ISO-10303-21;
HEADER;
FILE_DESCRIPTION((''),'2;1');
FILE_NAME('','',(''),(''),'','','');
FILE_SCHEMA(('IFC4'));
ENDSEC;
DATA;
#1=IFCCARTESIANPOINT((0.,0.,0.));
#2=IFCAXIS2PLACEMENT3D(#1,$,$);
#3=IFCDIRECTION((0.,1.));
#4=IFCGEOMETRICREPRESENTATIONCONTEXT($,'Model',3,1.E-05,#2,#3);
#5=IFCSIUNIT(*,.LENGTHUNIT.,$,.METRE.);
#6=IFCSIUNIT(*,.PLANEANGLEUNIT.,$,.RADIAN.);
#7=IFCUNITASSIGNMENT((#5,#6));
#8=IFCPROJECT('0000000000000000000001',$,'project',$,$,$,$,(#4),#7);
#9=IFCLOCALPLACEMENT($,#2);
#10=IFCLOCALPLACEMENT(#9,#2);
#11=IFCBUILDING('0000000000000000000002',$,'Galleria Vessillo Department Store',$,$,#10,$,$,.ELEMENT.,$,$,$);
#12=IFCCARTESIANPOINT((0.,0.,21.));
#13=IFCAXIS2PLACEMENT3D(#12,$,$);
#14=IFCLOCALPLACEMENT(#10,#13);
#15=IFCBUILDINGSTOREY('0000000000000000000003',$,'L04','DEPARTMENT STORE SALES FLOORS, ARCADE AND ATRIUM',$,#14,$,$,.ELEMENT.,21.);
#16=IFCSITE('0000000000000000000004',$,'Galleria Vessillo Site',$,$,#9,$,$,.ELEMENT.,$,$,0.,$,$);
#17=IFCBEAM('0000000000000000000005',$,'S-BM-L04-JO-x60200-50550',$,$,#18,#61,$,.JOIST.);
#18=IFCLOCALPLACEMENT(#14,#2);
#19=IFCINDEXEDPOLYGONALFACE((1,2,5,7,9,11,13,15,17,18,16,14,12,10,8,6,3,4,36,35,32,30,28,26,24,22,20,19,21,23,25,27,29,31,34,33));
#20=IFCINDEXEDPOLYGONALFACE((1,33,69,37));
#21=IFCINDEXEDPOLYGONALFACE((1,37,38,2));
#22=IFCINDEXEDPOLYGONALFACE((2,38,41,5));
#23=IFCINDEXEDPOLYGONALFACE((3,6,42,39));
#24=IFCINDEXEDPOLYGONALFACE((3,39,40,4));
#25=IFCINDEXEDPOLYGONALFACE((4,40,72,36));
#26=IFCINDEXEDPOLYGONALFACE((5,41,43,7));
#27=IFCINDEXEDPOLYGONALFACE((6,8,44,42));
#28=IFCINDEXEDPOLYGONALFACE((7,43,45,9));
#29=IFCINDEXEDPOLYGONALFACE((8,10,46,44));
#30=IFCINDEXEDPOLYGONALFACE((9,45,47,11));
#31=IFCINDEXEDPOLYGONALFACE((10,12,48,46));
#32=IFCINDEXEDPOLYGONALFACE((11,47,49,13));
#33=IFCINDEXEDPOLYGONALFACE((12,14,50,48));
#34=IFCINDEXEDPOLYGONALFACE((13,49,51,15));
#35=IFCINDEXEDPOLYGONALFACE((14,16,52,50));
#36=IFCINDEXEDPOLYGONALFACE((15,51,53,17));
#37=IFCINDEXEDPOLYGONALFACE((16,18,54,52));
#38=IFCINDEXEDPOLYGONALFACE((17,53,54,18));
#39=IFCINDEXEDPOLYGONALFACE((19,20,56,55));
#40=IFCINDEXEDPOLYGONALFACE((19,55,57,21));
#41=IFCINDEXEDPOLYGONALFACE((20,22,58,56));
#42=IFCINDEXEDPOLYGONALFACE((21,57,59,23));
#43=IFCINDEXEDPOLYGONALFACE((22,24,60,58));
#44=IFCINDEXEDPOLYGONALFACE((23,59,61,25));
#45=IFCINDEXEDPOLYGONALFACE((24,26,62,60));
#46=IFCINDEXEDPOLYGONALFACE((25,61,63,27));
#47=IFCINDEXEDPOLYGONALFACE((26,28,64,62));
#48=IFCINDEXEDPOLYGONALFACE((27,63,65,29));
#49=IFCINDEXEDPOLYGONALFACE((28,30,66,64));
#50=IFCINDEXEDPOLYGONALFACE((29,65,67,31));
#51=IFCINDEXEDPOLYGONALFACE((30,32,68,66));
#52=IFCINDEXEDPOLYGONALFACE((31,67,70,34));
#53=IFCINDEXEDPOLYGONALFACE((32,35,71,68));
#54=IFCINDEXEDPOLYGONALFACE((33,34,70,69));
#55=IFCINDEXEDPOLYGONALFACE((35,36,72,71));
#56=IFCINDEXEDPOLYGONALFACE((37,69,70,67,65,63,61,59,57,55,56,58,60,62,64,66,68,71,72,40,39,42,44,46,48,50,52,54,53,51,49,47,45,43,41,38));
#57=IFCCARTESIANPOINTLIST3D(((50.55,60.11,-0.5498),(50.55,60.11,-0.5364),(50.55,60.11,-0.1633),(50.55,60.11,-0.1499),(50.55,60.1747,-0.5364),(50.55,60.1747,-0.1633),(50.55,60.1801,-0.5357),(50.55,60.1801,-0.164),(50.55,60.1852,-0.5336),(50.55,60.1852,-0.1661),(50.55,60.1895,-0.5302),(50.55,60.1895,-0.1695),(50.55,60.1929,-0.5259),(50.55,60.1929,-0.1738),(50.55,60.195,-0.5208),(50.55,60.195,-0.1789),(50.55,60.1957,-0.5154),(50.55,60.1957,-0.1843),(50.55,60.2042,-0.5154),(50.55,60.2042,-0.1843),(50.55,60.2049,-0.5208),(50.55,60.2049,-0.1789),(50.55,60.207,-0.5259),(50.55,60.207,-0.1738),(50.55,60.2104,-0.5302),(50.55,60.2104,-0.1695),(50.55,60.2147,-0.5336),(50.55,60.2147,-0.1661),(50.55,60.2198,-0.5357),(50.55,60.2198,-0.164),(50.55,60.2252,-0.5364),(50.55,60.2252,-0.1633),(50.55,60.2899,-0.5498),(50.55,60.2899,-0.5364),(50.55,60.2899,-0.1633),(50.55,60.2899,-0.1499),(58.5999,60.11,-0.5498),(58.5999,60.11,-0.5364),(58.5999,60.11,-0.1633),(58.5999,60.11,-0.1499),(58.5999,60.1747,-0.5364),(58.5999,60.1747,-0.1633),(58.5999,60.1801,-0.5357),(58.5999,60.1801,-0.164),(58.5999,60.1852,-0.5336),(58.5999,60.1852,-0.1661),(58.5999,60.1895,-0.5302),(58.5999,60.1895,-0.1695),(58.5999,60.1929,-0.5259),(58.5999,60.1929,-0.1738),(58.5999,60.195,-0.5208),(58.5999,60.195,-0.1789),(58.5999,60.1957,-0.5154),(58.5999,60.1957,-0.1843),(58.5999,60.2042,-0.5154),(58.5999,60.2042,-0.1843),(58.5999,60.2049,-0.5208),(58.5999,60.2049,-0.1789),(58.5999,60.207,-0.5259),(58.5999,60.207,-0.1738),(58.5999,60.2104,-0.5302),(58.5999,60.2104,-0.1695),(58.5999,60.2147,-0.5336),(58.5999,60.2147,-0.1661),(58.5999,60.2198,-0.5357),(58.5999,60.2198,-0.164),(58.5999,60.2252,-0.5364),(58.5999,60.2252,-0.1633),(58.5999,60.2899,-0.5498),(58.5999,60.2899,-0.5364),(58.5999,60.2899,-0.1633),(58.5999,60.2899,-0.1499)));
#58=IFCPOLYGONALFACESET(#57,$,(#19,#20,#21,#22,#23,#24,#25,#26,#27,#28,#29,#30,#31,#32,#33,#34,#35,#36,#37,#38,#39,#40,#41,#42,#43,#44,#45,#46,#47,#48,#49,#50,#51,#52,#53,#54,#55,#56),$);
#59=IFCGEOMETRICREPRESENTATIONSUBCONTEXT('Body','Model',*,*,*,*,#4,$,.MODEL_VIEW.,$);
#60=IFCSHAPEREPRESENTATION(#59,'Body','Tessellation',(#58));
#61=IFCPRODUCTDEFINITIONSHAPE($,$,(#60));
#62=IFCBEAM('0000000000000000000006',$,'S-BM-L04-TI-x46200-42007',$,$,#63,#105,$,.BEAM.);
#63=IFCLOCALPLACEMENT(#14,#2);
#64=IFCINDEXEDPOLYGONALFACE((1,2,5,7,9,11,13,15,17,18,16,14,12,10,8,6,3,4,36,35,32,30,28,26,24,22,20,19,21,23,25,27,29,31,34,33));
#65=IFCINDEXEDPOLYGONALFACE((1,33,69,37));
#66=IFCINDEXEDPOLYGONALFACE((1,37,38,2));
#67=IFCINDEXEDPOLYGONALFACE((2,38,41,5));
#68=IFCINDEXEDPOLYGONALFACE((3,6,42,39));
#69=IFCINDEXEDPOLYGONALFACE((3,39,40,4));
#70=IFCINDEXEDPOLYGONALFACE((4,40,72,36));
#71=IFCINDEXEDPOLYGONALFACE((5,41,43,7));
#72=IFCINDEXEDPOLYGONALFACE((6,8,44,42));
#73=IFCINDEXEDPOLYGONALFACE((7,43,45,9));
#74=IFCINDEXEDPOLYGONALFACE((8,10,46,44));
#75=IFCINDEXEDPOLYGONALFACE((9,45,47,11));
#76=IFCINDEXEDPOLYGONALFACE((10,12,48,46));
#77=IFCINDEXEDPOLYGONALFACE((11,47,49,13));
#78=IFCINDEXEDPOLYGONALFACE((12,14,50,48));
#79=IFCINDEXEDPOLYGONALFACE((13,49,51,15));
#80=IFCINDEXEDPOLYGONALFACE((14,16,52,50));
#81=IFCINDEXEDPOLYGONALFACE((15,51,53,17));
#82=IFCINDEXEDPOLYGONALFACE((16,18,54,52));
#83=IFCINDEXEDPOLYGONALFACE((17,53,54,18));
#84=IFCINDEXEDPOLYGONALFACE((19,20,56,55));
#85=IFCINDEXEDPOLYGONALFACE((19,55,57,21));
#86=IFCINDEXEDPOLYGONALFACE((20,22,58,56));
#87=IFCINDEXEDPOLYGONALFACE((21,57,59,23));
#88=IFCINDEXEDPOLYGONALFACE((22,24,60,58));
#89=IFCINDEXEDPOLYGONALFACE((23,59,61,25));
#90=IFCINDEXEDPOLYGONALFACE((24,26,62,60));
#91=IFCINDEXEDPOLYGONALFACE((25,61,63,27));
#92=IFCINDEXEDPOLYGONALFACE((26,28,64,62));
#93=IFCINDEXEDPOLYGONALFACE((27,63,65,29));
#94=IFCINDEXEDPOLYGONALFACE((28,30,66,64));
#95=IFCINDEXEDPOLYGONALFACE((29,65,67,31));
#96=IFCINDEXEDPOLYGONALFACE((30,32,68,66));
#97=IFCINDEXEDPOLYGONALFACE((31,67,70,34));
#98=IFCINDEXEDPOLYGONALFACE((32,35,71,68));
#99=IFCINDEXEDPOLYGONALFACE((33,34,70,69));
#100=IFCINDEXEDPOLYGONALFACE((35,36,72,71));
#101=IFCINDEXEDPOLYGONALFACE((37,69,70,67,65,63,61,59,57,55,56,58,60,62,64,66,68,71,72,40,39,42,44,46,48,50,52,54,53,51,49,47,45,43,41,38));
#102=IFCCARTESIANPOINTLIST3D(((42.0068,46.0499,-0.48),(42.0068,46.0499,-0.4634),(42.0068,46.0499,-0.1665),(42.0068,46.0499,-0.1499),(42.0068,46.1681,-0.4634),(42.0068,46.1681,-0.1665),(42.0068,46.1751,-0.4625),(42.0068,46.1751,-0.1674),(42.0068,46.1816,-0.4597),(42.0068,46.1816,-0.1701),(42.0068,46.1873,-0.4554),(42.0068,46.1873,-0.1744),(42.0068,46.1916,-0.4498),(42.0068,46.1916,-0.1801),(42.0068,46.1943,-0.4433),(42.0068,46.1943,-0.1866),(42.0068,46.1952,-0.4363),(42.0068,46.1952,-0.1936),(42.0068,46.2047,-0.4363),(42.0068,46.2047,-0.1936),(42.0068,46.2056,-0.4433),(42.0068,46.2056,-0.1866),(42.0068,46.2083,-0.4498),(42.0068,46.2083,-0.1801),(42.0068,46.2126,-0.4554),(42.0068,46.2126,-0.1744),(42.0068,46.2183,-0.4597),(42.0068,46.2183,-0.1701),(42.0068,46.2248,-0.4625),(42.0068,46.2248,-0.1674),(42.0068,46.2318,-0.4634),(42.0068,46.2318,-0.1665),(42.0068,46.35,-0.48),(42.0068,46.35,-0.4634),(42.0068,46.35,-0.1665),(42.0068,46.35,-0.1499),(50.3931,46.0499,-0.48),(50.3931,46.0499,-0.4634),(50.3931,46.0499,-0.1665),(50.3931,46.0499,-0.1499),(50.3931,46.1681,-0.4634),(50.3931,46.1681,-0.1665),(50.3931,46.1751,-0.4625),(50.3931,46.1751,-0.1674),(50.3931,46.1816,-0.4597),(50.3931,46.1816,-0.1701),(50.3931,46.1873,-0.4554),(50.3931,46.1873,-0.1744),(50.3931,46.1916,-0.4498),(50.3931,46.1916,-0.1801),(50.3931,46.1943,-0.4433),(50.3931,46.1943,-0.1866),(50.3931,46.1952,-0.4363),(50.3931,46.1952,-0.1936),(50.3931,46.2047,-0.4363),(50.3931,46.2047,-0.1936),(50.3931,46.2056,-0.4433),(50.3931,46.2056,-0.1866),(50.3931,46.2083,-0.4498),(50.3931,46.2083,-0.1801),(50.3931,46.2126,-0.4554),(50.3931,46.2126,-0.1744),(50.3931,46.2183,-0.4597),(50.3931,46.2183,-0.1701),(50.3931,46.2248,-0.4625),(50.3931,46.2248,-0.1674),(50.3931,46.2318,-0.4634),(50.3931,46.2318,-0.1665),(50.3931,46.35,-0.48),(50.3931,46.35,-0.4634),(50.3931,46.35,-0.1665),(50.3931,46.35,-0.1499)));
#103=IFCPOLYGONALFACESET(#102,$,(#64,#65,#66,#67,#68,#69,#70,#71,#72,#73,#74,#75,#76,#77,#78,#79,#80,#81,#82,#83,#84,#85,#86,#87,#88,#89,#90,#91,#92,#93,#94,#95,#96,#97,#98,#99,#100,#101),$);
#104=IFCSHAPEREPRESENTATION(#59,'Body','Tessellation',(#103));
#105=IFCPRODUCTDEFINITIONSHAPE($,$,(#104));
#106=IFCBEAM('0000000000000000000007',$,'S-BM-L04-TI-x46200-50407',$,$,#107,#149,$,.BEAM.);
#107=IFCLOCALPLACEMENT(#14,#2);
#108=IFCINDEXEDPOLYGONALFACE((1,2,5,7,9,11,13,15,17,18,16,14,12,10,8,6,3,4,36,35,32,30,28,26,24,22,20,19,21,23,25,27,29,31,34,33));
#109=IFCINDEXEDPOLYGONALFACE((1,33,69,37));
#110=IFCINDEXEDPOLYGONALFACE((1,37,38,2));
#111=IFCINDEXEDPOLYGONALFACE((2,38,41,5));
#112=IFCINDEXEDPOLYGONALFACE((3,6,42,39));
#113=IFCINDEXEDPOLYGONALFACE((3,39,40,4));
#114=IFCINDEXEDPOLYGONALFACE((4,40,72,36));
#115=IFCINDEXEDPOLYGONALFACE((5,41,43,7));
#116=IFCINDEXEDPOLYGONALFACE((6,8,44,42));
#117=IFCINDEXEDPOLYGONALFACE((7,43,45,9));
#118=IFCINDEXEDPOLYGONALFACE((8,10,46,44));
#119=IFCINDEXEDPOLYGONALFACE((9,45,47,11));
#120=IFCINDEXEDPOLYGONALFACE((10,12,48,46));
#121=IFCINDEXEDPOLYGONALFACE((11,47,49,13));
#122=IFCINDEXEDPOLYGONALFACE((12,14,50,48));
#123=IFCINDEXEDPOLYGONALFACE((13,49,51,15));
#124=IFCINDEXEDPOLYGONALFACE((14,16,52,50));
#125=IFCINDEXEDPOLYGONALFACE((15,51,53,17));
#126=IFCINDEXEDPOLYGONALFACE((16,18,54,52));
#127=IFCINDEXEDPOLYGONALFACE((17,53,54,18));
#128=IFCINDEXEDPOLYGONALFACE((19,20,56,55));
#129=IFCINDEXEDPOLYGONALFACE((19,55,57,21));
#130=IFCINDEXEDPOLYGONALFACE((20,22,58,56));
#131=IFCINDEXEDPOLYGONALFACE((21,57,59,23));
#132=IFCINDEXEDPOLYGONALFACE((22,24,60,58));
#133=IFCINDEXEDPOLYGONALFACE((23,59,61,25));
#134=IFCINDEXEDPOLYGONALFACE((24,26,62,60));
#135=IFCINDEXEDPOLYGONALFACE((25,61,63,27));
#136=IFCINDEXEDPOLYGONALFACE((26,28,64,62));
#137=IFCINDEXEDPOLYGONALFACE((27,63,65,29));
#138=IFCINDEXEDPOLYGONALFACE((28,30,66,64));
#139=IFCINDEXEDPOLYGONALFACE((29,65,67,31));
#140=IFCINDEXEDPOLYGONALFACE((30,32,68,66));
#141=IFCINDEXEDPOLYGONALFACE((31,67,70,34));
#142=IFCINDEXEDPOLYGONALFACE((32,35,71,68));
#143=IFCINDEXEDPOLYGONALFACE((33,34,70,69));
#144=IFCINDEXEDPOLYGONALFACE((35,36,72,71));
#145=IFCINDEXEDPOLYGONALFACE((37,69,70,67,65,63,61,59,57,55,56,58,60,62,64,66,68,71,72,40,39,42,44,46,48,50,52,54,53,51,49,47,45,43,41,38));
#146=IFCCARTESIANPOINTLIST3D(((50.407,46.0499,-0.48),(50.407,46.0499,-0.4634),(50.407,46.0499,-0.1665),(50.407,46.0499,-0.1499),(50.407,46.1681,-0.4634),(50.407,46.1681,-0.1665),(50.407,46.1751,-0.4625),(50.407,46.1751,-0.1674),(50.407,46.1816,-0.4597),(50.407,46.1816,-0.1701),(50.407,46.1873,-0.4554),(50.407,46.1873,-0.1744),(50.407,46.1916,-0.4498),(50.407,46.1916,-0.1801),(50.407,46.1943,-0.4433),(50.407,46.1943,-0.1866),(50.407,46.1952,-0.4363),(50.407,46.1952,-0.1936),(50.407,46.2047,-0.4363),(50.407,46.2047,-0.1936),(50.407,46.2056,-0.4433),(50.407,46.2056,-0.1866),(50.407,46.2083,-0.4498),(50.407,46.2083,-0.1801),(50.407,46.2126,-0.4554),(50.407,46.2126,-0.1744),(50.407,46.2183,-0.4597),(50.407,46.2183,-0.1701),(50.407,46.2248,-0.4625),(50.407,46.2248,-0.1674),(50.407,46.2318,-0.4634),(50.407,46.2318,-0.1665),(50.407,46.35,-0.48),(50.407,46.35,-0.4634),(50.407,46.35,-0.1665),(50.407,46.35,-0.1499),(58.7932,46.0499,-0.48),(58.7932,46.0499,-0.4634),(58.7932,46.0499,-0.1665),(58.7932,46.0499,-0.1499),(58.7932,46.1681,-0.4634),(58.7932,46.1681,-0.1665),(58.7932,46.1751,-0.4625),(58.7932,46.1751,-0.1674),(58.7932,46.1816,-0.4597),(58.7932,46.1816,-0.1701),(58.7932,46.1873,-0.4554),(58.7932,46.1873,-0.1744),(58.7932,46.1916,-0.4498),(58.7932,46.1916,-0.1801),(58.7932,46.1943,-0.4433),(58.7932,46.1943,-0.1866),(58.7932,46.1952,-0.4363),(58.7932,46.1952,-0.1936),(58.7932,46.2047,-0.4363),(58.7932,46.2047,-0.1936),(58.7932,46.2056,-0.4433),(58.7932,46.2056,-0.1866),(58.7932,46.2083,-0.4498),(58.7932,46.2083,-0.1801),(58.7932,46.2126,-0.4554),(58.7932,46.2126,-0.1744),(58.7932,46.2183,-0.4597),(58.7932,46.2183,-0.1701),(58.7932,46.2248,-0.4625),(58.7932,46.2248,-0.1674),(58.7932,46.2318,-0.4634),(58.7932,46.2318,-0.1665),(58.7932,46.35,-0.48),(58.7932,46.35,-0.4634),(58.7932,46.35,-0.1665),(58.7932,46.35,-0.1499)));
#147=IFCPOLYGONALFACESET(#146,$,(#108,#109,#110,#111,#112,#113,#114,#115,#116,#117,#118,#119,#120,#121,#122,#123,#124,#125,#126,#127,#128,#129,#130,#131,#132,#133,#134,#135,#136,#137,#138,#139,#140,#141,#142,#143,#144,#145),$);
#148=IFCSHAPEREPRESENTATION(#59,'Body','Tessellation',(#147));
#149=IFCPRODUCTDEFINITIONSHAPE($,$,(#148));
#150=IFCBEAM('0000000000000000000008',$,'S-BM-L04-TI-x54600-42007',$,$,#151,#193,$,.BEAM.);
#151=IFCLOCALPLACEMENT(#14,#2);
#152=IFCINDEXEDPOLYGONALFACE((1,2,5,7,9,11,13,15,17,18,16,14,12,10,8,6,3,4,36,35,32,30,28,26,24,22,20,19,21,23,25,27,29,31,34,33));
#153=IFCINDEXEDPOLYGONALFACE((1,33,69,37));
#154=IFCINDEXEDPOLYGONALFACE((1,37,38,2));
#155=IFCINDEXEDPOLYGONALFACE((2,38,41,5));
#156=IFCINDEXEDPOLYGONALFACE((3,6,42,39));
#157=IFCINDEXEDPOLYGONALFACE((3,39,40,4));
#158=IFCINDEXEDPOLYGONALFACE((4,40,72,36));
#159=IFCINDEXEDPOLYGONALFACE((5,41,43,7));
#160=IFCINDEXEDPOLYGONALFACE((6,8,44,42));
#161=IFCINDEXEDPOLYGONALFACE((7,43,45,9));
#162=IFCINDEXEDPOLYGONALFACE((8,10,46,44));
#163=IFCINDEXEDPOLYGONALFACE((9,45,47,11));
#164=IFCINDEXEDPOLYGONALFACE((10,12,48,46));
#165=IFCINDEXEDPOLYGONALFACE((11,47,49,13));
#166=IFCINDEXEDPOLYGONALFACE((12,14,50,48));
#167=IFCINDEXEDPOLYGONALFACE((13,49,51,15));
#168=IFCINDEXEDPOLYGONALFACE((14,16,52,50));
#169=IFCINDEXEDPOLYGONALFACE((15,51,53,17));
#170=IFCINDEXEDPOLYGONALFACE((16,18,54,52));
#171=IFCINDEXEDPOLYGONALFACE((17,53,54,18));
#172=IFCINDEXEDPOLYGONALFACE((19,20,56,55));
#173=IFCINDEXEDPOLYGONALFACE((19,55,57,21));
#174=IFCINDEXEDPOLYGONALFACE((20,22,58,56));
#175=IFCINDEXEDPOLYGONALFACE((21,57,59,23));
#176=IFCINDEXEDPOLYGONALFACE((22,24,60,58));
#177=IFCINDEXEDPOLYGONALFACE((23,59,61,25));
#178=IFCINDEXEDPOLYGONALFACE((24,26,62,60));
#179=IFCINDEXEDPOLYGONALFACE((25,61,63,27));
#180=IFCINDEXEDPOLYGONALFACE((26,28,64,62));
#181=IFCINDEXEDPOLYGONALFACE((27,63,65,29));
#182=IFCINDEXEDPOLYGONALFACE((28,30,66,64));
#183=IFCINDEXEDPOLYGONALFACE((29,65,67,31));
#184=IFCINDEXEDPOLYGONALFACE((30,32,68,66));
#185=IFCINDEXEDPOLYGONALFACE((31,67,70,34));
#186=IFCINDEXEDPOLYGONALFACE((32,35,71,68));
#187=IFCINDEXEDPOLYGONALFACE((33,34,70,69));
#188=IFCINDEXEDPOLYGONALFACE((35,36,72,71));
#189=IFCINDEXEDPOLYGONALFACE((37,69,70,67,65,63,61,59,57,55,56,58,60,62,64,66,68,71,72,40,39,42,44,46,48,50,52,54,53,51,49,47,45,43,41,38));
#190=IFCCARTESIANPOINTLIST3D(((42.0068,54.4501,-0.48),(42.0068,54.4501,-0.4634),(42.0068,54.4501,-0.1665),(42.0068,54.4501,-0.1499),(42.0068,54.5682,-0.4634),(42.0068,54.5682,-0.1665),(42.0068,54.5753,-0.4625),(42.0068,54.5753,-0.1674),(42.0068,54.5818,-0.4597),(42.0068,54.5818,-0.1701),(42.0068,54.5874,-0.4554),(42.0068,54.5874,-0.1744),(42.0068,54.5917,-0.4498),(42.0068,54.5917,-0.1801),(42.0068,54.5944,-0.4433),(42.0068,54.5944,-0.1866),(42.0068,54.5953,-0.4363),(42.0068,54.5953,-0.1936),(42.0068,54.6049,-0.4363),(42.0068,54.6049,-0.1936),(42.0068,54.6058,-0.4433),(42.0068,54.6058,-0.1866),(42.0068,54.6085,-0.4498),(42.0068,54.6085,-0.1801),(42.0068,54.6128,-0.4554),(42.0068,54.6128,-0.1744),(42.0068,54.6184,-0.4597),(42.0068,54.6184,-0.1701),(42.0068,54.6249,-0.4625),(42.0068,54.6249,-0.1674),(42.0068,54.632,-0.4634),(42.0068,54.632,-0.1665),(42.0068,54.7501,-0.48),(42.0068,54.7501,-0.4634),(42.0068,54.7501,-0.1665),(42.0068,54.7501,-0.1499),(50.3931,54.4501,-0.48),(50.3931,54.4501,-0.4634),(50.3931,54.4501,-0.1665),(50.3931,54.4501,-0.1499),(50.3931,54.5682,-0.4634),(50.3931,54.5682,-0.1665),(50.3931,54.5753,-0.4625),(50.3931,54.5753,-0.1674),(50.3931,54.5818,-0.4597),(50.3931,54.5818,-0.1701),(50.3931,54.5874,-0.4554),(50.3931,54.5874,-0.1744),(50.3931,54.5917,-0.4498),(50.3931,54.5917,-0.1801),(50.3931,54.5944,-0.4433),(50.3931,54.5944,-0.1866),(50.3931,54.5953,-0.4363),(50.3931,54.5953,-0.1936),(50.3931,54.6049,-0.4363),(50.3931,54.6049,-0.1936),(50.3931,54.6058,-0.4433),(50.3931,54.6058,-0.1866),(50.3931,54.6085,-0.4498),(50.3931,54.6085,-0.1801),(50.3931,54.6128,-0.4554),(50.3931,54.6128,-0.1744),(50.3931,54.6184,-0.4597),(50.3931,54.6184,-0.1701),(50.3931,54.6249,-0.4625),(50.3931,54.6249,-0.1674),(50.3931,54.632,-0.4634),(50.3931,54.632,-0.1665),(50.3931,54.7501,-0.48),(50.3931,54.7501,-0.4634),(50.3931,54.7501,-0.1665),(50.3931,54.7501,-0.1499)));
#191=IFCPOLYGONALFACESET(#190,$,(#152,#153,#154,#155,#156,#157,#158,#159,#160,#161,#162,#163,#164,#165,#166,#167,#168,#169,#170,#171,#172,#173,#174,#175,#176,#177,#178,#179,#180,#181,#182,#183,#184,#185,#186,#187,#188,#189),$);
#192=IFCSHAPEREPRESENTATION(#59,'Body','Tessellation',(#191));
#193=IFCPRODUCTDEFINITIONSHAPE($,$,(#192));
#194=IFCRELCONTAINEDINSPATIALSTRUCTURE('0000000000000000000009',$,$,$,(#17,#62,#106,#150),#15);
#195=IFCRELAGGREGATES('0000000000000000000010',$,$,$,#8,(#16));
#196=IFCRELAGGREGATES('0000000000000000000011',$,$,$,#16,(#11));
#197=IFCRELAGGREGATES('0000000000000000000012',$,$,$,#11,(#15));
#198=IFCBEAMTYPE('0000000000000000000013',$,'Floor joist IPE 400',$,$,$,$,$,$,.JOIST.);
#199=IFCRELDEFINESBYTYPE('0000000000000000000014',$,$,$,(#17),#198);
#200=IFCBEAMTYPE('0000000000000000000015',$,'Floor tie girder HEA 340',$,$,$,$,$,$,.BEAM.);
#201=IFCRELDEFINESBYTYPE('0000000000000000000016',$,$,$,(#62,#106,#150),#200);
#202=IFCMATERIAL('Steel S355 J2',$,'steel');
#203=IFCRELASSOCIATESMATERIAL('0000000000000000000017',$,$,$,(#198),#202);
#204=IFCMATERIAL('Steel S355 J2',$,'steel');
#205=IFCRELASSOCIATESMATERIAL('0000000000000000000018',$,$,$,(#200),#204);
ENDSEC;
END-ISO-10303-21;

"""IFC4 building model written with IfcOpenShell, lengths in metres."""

from ifc_helpers import new_model, si_unit, direction, frame, origin, origin_2d, place, context, subcontext, project, spatial, i_section, extrude, material, material_profile, profile_set, type_object, element, save


model = new_model("IFC4")

# Units and contexts
model_context = context("Model", 3, precision=1e-05, world=origin(), true_north=direction((0.0, 1.0)))
body_context = subcontext(model_context, "Body", "Model", "MODEL_VIEW")
ifc_project = project(units=[si_unit("LENGTHUNIT", "METRE"), si_unit("PLANEANGLEUNIT", "RADIAN")], contexts=[model_context])

# Site, building, storey
site_placement = place(None, origin())
site = spatial("IfcSite", under=ifc_project, at=site_placement, Name="Galleria Vessillo Site", CompositionType="ELEMENT", RefElevation=0.0)
building_placement = place(site_placement, origin())
building = spatial("IfcBuilding", under=site, at=building_placement, Name="Galleria Vessillo Department Store", CompositionType="ELEMENT")
storey_placement = place(building_placement, frame((0.0, 0.0, 21.0)))
storey = spatial("IfcBuildingStorey", under=building, at=storey_placement, Name="L04", Description="DEPARTMENT STORE SALES FLOORS, ARCADE AND ATRIUM", CompositionType="ELEMENT", Elevation=21.0)

# Beams
ifc_material_1 = material(Name="Steel S355 J2", Category="steel")
ifc_material_profile_1 = material_profile(ifc_material_1, i_section(OverallWidth=0.1799, OverallDepth=0.3999, WebThickness=0.0085, FlangeThickness=0.0134, FilletRadius=0.021, at=origin_2d()), Name="IPE 400")
ifc_profile_set_1 = profile_set([ifc_material_profile_1], Name="Steel S355 J2")
beam_type_1 = type_object("IfcBeamType", Name="Floor joist IPE 400", PredefinedType="JOIST", material=ifc_profile_set_1)
for number, where, z_axis, x_axis, name in (
    (1, (50.55, 60.2, -0.3499), (1.0, 0.0, 0.0), (0.0, 1.0, 0.0), "S-BM-L04-JO-x60200-50550"),
):
    element("IfcBeam", number, at=place(storey_placement, frame(where, z_axis=z_axis, x_axis=x_axis)), inside=storey, type_object=beam_type_1, Name=name, PredefinedType="JOIST", context=body_context, shape_type="SweptSolid", body=[
        extrude(i_section(OverallWidth=0.1799, OverallDepth=0.3999, WebThickness=0.0085, FlangeThickness=0.0134, FilletRadius=0.021, at=origin_2d()), origin(), (0.0, 0.0, 1.0), 8.0498),
    ])
ifc_material_2 = material(Name="Steel S355 J2", Category="steel")
ifc_material_profile_2 = material_profile(ifc_material_2, i_section(OverallWidth=0.3, OverallDepth=0.3301, WebThickness=0.0095, FlangeThickness=0.0166, FilletRadius=0.0271, at=origin_2d()), Name="HEA 340")
ifc_profile_set_2 = profile_set([ifc_material_profile_2], Name="Steel S355 J2")
beam_type_2 = type_object("IfcBeamType", Name="Floor tie girder HEA 340", PredefinedType="BEAM", material=ifc_profile_set_2)
for number, where, z_axis, x_axis, name in (
    (2, (42.0068, 46.2, -0.3149), (1.0, 0.0, 0.0), (0.0, 1.0, 0.0), "S-BM-L04-TI-x46200-42007"),
    (3, (50.407, 46.2, -0.3149), (1.0, 0.0, 0.0), (0.0, 1.0, 0.0), "S-BM-L04-TI-x46200-50407"),
    (4, (42.0068, 54.6001, -0.3149), (1.0, 0.0, 0.0), (0.0, 1.0, 0.0), "S-BM-L04-TI-x54600-42007"),
):
    element("IfcBeam", number, at=place(storey_placement, frame(where, z_axis=z_axis, x_axis=x_axis)), inside=storey, type_object=beam_type_2, Name=name, PredefinedType="BEAM", context=body_context, shape_type="SweptSolid", body=[
        extrude(i_section(OverallWidth=0.3, OverallDepth=0.3301, WebThickness=0.0095, FlangeThickness=0.0166, FilletRadius=0.0271, at=origin_2d()), origin(), (0.0, 0.0, 1.0), 8.3862),
    ])

save(model, "model.ifc")
